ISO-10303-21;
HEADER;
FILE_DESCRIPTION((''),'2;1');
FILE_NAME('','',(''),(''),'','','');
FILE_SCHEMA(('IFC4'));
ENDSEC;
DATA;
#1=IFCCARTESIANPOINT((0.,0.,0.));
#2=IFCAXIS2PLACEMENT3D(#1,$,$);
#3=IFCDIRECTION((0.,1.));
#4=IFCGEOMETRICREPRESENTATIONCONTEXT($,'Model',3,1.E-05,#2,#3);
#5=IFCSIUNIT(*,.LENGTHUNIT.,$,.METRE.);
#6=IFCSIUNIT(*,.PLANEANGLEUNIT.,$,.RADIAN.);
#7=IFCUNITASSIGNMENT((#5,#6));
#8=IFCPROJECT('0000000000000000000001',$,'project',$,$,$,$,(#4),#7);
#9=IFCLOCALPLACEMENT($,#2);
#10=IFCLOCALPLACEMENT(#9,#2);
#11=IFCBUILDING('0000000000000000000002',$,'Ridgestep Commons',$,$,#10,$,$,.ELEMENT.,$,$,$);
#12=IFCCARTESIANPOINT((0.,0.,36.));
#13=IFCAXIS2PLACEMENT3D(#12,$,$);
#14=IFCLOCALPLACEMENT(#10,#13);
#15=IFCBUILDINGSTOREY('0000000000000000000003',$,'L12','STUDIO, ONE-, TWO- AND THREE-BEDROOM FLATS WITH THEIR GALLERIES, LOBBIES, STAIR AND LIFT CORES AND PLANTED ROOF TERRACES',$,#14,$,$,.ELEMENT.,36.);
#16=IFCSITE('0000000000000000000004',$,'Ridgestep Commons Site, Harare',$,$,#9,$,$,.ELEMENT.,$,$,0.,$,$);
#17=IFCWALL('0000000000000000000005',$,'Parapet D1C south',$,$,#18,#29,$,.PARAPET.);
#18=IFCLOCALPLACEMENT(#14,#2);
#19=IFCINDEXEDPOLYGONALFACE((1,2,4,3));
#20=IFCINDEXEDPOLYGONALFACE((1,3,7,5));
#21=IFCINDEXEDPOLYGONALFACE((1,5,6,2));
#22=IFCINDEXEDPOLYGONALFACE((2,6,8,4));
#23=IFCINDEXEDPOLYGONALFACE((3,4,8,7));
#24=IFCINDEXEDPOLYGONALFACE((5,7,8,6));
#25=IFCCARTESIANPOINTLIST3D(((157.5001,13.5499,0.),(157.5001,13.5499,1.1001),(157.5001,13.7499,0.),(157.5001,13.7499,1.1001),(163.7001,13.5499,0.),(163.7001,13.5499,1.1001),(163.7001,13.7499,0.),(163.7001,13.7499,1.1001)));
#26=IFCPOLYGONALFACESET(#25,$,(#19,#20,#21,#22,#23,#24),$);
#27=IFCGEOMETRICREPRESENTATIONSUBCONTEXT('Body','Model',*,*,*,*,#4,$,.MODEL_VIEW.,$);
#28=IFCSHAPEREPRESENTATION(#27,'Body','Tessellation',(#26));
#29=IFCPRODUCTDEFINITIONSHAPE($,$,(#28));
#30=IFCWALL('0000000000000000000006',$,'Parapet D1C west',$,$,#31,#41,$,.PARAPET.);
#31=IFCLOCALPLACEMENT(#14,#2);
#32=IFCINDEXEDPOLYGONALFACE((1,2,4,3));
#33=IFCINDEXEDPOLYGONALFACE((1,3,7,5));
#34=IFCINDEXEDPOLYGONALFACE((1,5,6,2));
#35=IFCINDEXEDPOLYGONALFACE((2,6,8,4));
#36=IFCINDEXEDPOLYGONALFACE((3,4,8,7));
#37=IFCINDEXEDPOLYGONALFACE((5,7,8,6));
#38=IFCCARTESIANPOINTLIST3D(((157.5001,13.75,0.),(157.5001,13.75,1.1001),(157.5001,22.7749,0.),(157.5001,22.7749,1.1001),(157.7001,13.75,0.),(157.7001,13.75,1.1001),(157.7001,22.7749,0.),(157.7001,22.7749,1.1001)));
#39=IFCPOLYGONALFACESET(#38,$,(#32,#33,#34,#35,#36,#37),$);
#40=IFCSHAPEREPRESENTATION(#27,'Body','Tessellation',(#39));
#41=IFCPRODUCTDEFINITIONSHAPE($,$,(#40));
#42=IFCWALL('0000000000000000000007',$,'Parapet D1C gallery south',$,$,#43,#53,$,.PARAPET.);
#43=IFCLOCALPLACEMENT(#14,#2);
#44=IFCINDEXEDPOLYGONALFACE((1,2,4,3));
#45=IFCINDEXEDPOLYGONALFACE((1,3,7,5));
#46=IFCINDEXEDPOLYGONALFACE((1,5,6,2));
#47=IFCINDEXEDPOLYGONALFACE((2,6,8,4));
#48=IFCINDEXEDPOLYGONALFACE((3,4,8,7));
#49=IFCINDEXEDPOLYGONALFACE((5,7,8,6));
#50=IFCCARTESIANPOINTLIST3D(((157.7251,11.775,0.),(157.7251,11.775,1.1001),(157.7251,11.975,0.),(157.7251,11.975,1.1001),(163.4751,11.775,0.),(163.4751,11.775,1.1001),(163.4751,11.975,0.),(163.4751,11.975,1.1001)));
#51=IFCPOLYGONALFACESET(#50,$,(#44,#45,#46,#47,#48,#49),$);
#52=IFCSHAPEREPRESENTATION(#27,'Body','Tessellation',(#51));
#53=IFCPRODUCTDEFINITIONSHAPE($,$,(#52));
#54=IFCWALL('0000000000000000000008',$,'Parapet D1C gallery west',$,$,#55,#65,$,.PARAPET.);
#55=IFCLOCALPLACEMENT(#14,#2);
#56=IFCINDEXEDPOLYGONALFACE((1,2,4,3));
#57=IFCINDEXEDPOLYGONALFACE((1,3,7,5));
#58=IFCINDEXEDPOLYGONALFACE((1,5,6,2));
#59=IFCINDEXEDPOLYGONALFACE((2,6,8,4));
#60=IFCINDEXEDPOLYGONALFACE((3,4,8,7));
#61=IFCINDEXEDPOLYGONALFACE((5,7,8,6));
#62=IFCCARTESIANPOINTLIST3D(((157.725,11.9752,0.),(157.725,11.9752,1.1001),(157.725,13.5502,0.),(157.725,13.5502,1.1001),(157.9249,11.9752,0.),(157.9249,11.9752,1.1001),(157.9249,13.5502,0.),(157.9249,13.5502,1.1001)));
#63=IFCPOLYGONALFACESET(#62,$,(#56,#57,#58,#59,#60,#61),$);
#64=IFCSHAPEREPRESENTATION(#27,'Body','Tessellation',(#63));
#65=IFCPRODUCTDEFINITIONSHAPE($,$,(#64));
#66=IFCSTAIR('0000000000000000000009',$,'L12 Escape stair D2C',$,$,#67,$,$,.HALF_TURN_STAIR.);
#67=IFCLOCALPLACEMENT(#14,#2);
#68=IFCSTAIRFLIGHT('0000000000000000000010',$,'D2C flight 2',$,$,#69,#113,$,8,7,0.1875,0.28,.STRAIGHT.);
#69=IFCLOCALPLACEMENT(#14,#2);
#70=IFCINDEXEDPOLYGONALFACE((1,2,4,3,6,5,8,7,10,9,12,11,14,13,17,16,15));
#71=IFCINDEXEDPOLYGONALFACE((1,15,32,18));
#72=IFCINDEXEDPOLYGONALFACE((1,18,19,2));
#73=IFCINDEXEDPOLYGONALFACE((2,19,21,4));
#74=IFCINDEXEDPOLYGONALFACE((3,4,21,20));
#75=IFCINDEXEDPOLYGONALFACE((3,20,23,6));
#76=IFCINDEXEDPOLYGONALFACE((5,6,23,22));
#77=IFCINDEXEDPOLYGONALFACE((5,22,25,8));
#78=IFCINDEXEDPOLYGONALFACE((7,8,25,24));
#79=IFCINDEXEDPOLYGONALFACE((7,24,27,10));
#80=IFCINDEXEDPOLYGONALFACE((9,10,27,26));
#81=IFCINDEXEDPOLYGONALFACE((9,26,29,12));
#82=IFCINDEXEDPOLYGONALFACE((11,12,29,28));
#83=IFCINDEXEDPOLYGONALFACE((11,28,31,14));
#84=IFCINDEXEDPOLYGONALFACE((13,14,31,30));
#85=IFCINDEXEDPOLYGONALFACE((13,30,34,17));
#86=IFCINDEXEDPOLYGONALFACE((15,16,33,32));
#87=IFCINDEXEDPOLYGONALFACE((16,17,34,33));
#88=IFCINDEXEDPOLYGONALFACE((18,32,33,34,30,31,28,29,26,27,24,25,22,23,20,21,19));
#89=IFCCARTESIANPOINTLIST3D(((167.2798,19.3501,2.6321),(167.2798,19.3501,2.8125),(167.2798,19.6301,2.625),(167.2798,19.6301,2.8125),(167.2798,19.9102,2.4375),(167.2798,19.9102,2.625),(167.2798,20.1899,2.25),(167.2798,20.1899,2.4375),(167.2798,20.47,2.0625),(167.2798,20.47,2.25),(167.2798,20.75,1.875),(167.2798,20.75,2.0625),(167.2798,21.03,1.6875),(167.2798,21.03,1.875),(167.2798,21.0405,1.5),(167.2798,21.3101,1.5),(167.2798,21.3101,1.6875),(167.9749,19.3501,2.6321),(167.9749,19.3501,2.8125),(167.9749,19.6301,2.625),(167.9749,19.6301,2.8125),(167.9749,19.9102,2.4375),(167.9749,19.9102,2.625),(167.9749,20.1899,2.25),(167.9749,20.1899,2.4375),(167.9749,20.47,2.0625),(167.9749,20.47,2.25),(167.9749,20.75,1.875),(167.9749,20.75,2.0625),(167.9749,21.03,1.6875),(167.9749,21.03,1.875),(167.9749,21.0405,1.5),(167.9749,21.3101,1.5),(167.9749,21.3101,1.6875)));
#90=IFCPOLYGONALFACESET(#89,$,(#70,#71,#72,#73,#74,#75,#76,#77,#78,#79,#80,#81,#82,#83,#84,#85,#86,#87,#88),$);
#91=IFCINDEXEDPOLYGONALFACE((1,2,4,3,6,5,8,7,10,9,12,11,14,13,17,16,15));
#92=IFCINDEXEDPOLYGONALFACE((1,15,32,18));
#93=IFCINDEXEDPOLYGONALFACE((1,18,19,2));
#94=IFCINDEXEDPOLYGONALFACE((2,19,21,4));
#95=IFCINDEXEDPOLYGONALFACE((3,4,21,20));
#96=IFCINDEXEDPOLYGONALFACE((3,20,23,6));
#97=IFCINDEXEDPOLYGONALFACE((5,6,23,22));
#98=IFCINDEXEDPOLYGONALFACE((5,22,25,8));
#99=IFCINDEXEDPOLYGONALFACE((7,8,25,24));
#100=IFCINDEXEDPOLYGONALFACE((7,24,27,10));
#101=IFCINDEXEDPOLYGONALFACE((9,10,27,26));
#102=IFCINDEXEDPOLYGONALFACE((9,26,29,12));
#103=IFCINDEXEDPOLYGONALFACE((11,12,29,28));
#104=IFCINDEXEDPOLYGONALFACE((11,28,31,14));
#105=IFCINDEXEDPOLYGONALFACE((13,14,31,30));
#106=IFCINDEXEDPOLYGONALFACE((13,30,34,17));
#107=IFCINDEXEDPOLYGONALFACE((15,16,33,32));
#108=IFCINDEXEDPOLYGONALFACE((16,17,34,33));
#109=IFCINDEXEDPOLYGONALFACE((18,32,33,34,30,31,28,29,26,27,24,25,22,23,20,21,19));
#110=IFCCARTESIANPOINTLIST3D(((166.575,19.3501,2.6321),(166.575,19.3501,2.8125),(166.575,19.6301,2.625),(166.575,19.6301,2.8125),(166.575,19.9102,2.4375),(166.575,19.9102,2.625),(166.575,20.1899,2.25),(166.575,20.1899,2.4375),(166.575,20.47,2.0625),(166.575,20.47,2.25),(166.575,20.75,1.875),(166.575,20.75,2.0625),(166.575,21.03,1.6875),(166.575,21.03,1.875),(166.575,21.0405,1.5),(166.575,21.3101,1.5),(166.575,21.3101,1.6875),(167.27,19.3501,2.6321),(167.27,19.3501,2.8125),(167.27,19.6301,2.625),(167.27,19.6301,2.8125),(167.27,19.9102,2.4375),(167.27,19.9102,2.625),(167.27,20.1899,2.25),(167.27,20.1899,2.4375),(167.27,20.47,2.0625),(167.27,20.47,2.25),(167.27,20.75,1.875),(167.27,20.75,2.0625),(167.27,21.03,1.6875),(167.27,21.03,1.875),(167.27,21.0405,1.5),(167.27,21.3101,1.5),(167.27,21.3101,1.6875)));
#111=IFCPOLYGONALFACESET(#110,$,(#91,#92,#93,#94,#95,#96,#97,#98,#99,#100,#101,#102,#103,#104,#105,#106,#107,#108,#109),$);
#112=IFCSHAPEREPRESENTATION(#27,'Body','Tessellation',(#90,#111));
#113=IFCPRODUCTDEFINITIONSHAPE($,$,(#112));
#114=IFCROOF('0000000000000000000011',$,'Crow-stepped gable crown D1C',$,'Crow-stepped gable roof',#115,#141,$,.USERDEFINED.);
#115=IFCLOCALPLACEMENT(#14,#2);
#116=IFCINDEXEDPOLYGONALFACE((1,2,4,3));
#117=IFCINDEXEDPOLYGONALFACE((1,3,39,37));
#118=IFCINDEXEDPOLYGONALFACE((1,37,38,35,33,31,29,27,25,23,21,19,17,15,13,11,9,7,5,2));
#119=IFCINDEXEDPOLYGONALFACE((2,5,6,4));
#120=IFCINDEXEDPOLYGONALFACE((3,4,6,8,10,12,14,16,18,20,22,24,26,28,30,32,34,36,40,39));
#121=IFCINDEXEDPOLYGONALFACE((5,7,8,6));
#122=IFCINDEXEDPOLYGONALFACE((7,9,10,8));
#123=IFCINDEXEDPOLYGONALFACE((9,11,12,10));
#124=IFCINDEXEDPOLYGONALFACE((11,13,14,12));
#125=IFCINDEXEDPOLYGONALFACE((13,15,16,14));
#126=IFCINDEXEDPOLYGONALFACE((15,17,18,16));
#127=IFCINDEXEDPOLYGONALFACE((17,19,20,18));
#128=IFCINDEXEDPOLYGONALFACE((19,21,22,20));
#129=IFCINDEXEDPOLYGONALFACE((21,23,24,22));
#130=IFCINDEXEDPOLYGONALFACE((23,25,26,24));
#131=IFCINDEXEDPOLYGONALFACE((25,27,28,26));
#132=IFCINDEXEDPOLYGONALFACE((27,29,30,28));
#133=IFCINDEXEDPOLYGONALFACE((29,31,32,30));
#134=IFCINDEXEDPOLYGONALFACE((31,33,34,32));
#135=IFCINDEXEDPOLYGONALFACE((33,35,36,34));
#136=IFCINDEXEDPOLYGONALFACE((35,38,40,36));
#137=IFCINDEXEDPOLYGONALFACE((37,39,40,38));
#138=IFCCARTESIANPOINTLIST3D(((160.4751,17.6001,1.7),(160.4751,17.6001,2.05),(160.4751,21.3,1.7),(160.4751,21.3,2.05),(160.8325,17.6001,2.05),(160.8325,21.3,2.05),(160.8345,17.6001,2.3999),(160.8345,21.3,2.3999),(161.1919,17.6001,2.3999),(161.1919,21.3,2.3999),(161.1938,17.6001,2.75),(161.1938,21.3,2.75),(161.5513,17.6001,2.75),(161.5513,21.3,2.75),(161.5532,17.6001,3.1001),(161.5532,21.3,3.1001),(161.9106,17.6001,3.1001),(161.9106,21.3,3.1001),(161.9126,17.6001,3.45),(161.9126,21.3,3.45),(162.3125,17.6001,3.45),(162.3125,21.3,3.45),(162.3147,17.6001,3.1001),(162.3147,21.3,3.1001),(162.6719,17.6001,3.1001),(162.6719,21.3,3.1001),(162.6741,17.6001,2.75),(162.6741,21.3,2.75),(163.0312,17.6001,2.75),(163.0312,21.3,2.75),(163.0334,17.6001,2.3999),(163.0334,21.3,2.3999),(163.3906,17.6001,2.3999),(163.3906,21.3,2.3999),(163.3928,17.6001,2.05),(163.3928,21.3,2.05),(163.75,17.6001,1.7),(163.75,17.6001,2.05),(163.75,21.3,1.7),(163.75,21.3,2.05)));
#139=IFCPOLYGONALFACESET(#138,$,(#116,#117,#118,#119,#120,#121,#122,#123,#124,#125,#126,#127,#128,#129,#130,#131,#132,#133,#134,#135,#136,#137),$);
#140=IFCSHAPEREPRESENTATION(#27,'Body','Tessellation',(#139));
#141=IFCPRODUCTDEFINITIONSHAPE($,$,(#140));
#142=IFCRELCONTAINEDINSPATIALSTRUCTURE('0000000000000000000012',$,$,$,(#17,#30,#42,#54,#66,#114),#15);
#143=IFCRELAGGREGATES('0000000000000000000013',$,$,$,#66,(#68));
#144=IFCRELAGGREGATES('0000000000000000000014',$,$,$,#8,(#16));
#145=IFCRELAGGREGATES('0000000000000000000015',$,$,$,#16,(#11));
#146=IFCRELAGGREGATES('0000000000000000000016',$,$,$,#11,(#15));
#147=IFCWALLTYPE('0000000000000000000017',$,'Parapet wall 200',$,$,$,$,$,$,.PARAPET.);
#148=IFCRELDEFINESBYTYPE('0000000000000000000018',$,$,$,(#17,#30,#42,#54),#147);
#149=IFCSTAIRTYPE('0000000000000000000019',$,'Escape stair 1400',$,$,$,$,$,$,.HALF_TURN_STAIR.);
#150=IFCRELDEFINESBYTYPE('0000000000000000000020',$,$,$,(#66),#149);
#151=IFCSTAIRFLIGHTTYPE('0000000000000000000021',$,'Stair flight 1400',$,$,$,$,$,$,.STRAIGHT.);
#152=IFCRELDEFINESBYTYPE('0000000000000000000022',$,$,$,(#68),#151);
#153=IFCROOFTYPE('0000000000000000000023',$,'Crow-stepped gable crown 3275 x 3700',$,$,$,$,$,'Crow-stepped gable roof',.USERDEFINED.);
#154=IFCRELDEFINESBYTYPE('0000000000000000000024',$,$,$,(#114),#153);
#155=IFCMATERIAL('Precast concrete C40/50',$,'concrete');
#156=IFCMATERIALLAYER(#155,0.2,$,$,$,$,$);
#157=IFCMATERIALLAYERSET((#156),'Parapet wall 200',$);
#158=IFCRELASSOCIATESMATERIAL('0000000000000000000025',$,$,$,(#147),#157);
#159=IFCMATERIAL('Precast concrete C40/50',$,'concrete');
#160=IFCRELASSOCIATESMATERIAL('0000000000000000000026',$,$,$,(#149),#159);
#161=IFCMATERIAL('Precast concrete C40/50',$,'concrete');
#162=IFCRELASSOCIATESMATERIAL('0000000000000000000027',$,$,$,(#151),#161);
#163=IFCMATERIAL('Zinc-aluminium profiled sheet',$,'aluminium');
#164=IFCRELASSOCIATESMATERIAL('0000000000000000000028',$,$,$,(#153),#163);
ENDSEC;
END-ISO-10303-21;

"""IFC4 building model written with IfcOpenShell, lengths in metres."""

from ifc_helpers import new_model, si_unit, direction, frame, frame_2d, origin, place, context, subcontext, project, spatial, polyline, rectangle, outline, extrude, material, layer, layer_set, type_object, element, aggregate, save


model = new_model("IFC4")

# Units and contexts
model_context = context("Model", 3, precision=1e-05, world=origin(), true_north=direction((0.0, 1.0)))
body_context = subcontext(model_context, "Body", "Model", "MODEL_VIEW")
ifc_project = project(units=[si_unit("LENGTHUNIT", "METRE"), si_unit("PLANEANGLEUNIT", "RADIAN")], contexts=[model_context])

# Site, building, storey
site_placement = place(None, origin())
site = spatial("IfcSite", under=ifc_project, at=site_placement, Name="Ridgestep Commons Site, Harare", CompositionType="ELEMENT", RefElevation=0.0)
building_placement = place(site_placement, origin())
building = spatial("IfcBuilding", under=site, at=building_placement, Name="Ridgestep Commons", CompositionType="ELEMENT")
storey_placement = place(building_placement, frame((0.0, 0.0, 36.0)))
storey = spatial("IfcBuildingStorey", under=building, at=storey_placement, Name="L12", Description="STUDIO, ONE-, TWO- AND THREE-BEDROOM FLATS WITH THEIR GALLERIES, LOBBIES, STAIR AND LIFT CORES AND PLANTED ROOF TERRACES", CompositionType="ELEMENT", Elevation=36.0)

# Walls
ifc_material_1 = material(Name="Precast concrete C40/50", Category="concrete")
ifc_layer_1 = layer(ifc_material_1, 0.2)
ifc_layer_set_1 = layer_set([ifc_layer_1], Name="Parapet wall 200")
wall_type_1 = type_object("IfcWallType", Name="Parapet wall 200", PredefinedType="PARAPET", material=ifc_layer_set_1)
for number, where, z_axis, x_axis, name in (
    (1, (157.5, 13.6499, 0.0), (0.0, 0.0, 1.0), (1.0, 0.0, 0.0), "Parapet D1C south"),
):
    element("IfcWall", number, at=place(storey_placement, frame(where, z_axis=z_axis, x_axis=x_axis)), inside=storey, type_object=wall_type_1, Name=name, PredefinedType="PARAPET", context=body_context, shape_type="SweptSolid", body=[
        extrude(rectangle(XDim=6.2, YDim=0.2, at=frame_2d((3.1001, 0.0))), origin(), (0.0, 0.0, 1.0), 1.1001),
    ])
wall_1_placement = place(storey_placement, frame((157.6001, 13.75, 0.0), z_axis=(0.0, 0.0, 1.0), x_axis=(0.0, 1.0, 0.0)))
element("IfcWall", 2, at=wall_1_placement, inside=storey, type_object=wall_type_1, Name="Parapet D1C west", PredefinedType="PARAPET", context=body_context, shape_type="SweptSolid", body=[
    extrude(rectangle(XDim=9.0249, YDim=0.2, at=frame_2d((4.5125, 0.0))), origin(), (0.0, 0.0, 1.0), 1.1001),
])
wall_2_placement = place(storey_placement, frame((157.7251, 11.875, 0.0), z_axis=(0.0, 0.0, 1.0), x_axis=(1.0, 0.0, 0.0)))
element("IfcWall", 3, at=wall_2_placement, inside=storey, type_object=wall_type_1, Name="Parapet D1C gallery south", PredefinedType="PARAPET", context=body_context, shape_type="SweptSolid", body=[
    extrude(rectangle(XDim=5.75, YDim=0.2, at=frame_2d((2.875, 0.0))), origin(), (0.0, 0.0, 1.0), 1.1001),
])
wall_3_placement = place(storey_placement, frame((157.825, 11.9751, 0.0), z_axis=(0.0, 0.0, 1.0), x_axis=(0.0, 1.0, 0.0)))
element("IfcWall", 4, at=wall_3_placement, inside=storey, type_object=wall_type_1, Name="Parapet D1C gallery west", PredefinedType="PARAPET", context=body_context, shape_type="SweptSolid", body=[
    extrude(rectangle(XDim=1.575, YDim=0.2, at=frame_2d((0.7876, 0.0))), origin(), (0.0, 0.0, 1.0), 1.1001),
])

# Stair, stair flight
ifc_material_2 = material(Name="Precast concrete C40/50", Category="concrete")
stair_type = type_object("IfcStairType", Name="Escape stair 1400", PredefinedType="HALF_TURN_STAIR", material=ifc_material_2)
stair_placement = place(storey_placement, origin())
stair = element("IfcStair", 5, at=stair_placement, inside=storey, type_object=stair_type, Name="L12 Escape stair D2C", PredefinedType="HALF_TURN_STAIR")
ifc_material_3 = material(Name="Precast concrete C40/50", Category="concrete")
stair_flight_type = type_object("IfcStairFlightType", Name="Stair flight 1400", PredefinedType="STRAIGHT", material=ifc_material_3)
stair_flight_placement = place(storey_placement, frame((167.2749, 21.3101, 1.5), z_axis=(0.0, 0.0, 1.0), x_axis=(0.0, -1.0, 0.0)))
stair_flight = element("IfcStairFlight", 6, at=stair_flight_placement, type_object=stair_flight_type, Name="D2C flight 2", NumberOfRisers=8, NumberOfTreads=7, PredefinedType="STRAIGHT", RiserHeight=0.1875, TreadLength=0.28, context=body_context, shape_type="SweptSolid", body=[
    extrude(outline(polyline([(0.0, 0.0), (0.0, 0.1875), (0.28, 0.1875), (0.28, 0.375), (0.5601, 0.375), (0.5601, 0.5625), (0.8401, 0.5625), (0.8401, 0.75), (1.1201, 0.75), (1.1201, 0.9375), (1.3999, 0.9375), (1.3999, 1.125), (1.6799, 1.125), (1.6799, 1.3125), (1.96, 1.3125), (1.96, 1.5), (1.96, 1.1321), (0.2695, 0.0), (0.0, 0.0)])), frame((0.0, 0.7, 0.0), z_axis=(0.0, -1.0, 0.0), x_axis=(1.0, 0.0, 0.0)), (0.0, 0.0, 1.0), 0.6951),
    extrude(outline(polyline([(0.0, 0.0), (0.0, 0.1875), (0.28, 0.1875), (0.28, 0.375), (0.5601, 0.375), (0.5601, 0.5625), (0.8401, 0.5625), (0.8401, 0.75), (1.1201, 0.75), (1.1201, 0.9375), (1.3999, 0.9375), (1.3999, 1.125), (1.6799, 1.125), (1.6799, 1.3125), (1.96, 1.3125), (1.96, 1.5), (1.96, 1.1321), (0.2695, 0.0), (0.0, 0.0)])), frame((0.0, -0.0049, 0.0), z_axis=(0.0, -1.0, 0.0), x_axis=(1.0, 0.0, 0.0)), (0.0, 0.0, 1.0), 0.6951),
])
aggregate(stair, [stair_flight])

# Roof
ifc_material_4 = material(Name="Zinc-aluminium profiled sheet", Category="aluminium")
roof_type = type_object("IfcRoofType", Name="Crow-stepped gable crown 3275 x 3700", ElementType="Crow-stepped gable roof", PredefinedType="USERDEFINED", material=ifc_material_4)
roof_placement = place(storey_placement, frame((160.4751, 19.45, 1.7), z_axis=(0.0, 0.0, 1.0), x_axis=(1.0, 0.0, 0.0)))
element("IfcRoof", 7, at=roof_placement, inside=storey, type_object=roof_type, Name="Crow-stepped gable crown D1C", ObjectType="Crow-stepped gable roof", PredefinedType="USERDEFINED", context=body_context, shape_type="SweptSolid", body=[
    extrude(outline(polyline([(0.0, 0.0), (3.2749, 0.0), (3.2749, 0.3501), (2.9177, 0.3501), (2.9155, 0.7), (2.5583, 0.7), (2.5562, 1.05), (2.199, 1.05), (2.1968, 1.4001), (1.8396, 1.4001), (1.8374, 1.75), (1.4375, 1.75), (1.4355, 1.4001), (1.0781, 1.4001), (1.0762, 1.05), (0.7188, 1.05), (0.7168, 0.7), (0.3594, 0.7), (0.3574, 0.3501), (0.0, 0.3501), (0.0, 0.0)])), frame((0.0, 1.8501, 0.0), z_axis=(0.0, -1.0, 0.0), x_axis=(1.0, 0.0, 0.0)), (0.0, 0.0, 1.0), 3.7),
])

save(model, "model.ifc")
